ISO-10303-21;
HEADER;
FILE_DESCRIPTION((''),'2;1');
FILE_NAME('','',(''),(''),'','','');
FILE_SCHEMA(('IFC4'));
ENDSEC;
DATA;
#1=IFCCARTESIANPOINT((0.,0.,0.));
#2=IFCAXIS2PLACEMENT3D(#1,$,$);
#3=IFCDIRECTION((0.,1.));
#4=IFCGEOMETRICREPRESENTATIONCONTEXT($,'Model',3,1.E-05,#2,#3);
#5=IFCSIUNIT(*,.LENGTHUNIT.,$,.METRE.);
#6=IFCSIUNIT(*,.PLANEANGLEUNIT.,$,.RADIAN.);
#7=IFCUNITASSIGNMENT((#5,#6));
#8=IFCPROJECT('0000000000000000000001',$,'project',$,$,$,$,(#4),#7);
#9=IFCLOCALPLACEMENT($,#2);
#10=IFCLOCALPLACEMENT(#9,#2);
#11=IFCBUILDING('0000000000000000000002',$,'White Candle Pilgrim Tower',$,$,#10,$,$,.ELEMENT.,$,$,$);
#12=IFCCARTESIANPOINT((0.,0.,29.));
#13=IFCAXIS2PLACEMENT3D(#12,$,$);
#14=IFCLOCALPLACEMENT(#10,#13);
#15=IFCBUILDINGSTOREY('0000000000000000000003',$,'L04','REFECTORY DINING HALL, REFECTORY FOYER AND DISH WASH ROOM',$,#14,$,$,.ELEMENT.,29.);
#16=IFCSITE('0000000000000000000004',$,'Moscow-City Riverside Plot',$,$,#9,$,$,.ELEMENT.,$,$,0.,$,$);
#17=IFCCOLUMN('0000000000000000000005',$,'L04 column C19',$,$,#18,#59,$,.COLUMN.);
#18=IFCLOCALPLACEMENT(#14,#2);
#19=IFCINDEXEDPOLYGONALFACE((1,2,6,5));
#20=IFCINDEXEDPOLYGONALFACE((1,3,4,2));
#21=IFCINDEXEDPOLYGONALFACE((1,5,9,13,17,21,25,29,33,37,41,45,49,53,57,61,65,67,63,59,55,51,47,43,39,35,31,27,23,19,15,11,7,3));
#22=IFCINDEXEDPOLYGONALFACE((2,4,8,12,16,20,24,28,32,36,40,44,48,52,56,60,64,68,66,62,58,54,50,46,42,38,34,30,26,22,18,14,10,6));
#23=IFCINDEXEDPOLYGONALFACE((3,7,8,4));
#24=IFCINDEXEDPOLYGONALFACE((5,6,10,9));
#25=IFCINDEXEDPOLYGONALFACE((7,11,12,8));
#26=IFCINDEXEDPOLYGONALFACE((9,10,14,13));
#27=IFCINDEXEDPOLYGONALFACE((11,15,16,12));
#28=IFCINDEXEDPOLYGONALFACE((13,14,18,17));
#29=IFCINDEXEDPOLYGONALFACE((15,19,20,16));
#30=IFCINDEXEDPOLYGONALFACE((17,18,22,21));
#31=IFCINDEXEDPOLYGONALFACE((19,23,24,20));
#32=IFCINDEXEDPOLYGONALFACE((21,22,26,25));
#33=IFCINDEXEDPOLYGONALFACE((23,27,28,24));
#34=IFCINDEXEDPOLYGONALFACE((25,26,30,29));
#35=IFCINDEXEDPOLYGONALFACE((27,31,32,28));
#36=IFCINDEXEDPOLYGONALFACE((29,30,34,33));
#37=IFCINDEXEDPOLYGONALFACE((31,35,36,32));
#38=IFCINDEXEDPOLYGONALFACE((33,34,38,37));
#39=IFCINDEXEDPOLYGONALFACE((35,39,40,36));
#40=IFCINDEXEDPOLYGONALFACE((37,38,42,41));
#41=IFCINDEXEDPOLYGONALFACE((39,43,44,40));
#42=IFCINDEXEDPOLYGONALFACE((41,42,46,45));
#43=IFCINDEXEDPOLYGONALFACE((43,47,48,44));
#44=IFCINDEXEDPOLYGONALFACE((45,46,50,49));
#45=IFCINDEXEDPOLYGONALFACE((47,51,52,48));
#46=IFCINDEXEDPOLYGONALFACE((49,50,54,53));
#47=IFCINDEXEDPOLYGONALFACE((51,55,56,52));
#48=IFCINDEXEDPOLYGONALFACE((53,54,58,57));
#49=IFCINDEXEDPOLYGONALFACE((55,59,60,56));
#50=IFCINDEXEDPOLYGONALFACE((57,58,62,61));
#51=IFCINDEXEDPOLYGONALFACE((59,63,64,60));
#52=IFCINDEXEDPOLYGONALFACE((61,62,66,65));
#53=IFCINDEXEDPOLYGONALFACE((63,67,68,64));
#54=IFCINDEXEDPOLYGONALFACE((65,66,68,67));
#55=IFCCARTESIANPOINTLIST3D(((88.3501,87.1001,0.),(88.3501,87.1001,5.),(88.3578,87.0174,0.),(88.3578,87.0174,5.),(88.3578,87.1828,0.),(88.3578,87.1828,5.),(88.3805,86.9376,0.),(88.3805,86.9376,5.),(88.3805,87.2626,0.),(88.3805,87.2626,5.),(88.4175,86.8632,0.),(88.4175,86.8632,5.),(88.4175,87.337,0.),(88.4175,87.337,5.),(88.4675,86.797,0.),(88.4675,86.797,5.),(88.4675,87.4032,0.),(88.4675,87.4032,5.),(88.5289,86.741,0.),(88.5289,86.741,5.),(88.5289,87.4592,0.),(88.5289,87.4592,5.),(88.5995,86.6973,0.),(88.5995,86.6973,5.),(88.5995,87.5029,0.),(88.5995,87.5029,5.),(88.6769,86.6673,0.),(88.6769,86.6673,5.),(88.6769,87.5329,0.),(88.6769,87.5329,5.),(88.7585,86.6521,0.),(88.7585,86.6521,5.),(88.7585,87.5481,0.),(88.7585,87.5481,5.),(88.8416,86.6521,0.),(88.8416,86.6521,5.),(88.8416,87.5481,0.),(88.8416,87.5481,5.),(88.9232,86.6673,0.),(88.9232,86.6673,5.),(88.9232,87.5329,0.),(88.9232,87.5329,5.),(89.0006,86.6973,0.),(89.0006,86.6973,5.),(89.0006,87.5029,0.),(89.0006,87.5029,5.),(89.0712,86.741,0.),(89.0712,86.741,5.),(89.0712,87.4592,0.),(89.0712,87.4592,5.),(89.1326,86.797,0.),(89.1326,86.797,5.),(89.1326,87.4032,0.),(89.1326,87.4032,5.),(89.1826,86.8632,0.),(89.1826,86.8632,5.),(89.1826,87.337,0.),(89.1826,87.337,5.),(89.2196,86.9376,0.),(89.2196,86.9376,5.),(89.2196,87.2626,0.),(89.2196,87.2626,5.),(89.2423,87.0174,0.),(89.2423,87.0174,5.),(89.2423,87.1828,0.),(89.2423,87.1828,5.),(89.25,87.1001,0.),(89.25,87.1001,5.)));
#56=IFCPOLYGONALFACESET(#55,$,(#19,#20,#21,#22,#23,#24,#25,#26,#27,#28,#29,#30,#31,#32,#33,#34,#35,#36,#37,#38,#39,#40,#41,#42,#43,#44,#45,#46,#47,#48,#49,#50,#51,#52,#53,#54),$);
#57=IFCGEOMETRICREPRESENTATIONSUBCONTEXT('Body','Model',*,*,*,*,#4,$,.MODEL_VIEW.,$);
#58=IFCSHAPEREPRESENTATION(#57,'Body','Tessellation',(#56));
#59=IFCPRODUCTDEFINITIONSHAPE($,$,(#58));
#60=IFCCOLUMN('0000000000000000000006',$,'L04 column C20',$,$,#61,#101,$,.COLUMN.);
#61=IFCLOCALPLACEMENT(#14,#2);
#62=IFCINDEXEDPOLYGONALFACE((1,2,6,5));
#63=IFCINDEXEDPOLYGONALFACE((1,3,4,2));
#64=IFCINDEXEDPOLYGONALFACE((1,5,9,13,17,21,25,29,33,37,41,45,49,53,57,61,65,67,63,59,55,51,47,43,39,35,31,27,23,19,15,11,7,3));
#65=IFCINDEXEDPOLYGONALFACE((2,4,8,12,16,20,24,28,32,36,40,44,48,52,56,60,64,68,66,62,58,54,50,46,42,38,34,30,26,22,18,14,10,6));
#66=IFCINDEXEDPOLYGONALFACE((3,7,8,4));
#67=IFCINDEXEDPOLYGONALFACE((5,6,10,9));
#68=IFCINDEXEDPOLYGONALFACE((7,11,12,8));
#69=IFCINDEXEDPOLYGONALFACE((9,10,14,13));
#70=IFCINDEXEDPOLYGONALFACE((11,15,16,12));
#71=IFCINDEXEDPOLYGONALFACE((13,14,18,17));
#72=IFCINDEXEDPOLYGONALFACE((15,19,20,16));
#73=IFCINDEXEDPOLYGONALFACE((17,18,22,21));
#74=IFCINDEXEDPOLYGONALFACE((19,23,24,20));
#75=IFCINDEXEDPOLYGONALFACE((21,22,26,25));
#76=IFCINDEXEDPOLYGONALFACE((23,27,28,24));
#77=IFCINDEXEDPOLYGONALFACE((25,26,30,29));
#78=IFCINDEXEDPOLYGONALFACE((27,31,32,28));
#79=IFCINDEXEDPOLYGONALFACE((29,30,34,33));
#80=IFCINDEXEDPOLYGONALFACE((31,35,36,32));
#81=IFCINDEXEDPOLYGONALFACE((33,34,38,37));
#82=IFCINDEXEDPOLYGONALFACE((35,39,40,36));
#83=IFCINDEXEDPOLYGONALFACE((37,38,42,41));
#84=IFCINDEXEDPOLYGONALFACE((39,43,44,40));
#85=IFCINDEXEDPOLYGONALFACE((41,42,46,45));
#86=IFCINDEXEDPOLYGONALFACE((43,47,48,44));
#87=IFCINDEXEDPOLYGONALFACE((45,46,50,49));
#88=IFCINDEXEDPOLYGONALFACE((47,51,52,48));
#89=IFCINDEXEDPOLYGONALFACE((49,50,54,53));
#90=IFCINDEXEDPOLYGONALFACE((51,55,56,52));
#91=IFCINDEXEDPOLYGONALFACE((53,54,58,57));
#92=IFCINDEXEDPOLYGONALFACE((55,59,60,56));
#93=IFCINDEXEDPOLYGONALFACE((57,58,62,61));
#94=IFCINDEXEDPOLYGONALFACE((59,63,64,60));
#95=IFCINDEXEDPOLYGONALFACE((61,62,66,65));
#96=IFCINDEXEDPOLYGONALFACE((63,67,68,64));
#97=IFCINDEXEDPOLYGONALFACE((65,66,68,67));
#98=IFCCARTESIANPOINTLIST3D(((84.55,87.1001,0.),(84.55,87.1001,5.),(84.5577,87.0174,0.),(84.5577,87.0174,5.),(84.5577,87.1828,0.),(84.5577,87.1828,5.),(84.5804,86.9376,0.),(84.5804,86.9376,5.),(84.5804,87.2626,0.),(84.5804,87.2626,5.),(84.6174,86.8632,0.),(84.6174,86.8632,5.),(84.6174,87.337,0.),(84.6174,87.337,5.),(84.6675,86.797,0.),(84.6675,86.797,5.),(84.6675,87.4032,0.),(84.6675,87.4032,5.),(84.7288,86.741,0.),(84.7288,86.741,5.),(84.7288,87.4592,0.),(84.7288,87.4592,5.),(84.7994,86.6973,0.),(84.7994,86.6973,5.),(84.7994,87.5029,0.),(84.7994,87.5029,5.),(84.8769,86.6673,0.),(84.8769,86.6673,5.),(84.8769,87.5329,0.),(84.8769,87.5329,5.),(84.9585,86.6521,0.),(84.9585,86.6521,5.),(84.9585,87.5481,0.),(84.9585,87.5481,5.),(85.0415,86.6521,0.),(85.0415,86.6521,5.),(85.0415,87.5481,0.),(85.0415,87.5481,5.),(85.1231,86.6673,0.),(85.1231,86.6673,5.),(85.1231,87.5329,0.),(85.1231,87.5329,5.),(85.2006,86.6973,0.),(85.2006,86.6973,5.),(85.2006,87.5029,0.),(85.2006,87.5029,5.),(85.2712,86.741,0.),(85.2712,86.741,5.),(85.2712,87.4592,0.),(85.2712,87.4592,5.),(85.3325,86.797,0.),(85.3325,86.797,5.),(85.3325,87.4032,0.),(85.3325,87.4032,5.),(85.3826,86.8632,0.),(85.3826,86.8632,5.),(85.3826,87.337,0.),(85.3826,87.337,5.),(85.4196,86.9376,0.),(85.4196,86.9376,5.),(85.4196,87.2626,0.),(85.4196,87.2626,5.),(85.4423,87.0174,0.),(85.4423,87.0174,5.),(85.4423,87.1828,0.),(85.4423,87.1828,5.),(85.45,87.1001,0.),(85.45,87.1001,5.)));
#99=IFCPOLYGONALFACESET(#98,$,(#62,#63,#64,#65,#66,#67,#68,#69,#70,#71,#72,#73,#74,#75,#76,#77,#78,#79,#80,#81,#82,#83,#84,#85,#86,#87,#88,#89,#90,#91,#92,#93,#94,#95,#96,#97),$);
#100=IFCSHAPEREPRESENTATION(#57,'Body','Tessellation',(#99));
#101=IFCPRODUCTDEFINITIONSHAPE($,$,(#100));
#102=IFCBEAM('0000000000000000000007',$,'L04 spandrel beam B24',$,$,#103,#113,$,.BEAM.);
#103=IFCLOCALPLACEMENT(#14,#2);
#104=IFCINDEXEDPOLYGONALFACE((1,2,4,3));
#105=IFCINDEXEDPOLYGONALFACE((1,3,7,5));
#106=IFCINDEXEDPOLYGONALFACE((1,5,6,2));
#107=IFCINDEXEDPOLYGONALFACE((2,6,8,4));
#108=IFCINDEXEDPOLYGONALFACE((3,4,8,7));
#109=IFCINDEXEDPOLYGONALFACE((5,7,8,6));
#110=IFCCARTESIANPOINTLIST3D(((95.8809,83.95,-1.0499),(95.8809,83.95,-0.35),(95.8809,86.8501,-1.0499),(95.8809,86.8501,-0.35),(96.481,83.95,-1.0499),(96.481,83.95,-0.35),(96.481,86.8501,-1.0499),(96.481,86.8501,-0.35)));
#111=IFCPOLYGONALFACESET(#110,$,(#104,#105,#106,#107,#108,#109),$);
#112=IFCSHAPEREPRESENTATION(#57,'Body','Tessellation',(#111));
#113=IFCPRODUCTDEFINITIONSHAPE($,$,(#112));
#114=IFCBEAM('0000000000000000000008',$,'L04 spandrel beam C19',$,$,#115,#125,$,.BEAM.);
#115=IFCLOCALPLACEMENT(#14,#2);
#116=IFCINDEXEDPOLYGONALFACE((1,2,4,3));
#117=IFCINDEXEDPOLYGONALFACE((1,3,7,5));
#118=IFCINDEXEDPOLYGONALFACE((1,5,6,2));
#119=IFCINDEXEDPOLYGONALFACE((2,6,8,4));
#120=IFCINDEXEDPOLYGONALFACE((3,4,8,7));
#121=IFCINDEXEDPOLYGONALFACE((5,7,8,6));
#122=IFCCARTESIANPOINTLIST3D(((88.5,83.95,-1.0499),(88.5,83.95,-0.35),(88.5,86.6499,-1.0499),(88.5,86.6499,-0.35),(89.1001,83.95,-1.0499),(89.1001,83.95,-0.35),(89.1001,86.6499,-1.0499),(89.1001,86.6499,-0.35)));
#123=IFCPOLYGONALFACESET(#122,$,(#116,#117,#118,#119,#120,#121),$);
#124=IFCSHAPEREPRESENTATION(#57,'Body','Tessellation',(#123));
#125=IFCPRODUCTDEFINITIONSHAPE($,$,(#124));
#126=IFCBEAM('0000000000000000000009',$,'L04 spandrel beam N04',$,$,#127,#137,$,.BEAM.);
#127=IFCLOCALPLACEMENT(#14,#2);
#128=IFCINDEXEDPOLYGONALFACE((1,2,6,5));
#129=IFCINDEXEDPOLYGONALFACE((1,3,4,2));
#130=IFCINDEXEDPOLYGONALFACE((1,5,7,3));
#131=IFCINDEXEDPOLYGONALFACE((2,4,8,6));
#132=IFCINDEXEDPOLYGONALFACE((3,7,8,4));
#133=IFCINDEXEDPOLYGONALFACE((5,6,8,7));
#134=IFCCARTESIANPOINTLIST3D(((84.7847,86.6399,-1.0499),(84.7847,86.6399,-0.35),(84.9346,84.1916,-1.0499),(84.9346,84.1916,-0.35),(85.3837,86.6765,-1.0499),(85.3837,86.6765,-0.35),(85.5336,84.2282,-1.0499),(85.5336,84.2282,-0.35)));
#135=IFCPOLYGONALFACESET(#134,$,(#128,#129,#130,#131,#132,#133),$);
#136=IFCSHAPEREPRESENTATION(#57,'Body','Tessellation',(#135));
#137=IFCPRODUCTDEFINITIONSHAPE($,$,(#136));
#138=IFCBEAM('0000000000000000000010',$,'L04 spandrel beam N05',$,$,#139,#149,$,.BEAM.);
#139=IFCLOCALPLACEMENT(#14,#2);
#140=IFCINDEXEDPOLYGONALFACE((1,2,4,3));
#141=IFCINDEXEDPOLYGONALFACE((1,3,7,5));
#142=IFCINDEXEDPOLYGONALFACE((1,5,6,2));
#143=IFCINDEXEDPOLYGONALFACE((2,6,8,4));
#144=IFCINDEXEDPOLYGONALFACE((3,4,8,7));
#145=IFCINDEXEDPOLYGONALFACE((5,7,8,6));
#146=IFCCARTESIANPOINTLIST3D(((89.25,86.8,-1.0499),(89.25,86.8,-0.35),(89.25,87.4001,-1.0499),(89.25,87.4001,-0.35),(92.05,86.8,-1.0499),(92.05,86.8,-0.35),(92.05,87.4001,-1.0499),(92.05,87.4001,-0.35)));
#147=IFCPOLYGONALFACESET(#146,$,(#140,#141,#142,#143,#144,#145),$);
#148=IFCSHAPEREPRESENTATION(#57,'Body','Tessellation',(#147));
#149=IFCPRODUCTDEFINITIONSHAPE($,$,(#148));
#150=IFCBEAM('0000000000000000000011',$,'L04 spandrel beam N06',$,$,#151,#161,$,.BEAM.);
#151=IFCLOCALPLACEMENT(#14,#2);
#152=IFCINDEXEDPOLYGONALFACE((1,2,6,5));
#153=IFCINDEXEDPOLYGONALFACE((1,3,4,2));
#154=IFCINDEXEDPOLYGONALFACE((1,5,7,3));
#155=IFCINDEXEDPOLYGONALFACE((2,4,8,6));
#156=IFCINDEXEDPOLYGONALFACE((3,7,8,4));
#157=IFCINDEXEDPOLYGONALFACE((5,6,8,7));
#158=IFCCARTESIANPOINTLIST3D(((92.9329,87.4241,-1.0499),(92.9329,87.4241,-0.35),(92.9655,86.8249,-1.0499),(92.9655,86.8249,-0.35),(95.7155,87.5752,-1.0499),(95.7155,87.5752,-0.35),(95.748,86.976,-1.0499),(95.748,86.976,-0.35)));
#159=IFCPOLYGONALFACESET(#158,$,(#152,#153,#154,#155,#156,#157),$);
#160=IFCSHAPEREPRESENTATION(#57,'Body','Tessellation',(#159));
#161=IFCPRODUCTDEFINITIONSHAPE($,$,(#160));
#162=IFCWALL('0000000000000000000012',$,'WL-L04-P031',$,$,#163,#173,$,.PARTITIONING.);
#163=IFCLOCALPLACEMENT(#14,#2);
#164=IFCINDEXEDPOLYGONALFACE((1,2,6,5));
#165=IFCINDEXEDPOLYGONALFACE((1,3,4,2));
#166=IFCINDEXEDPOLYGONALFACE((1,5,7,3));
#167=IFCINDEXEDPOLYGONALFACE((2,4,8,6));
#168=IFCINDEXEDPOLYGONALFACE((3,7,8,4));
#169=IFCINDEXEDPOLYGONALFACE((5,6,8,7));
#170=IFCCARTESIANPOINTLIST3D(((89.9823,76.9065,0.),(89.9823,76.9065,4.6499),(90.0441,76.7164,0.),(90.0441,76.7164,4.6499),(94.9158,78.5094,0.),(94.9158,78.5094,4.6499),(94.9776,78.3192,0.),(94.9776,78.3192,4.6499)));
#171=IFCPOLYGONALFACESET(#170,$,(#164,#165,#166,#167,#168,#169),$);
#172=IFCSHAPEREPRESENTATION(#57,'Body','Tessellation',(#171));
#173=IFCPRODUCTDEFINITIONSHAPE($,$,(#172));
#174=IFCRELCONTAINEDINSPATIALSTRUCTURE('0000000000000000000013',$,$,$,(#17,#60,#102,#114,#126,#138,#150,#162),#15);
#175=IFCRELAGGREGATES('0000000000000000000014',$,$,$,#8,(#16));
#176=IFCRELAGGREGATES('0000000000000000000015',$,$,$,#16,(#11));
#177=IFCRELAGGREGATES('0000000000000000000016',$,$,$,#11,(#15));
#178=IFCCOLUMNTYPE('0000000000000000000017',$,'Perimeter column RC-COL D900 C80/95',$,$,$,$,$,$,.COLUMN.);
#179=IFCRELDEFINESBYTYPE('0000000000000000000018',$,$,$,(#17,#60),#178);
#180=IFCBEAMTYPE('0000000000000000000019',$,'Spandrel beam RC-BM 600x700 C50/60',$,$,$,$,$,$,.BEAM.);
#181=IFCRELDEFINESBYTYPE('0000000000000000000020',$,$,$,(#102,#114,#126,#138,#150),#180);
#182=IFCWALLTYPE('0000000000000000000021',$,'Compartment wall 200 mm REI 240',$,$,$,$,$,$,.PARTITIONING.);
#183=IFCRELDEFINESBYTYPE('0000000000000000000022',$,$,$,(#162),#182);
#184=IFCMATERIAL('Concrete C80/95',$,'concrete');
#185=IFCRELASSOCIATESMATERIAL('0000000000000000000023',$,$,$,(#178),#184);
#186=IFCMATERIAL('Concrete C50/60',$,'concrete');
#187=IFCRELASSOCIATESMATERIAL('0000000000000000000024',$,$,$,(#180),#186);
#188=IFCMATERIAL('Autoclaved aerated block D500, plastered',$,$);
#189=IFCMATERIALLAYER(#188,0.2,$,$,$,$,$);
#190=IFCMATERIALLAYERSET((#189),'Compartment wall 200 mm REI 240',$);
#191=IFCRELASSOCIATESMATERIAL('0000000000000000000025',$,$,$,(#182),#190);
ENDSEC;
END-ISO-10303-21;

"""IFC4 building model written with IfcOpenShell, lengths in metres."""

from ifc_helpers import new_model, si_unit, direction, frame, frame_2d, origin, origin_2d, place, context, subcontext, project, spatial, rectangle, circle, extrude, material, layer, layer_set, material_profile, profile_set, type_object, element, save


model = new_model("IFC4")

# Units and contexts
model_context = context("Model", 3, precision=1e-05, world=origin(), true_north=direction((0.0, 1.0)))
body_context = subcontext(model_context, "Body", "Model", "MODEL_VIEW")
ifc_project = project(units=[si_unit("LENGTHUNIT", "METRE"), si_unit("PLANEANGLEUNIT", "RADIAN")], contexts=[model_context])

# Site, building, storey
site_placement = place(None, origin())
site = spatial("IfcSite", under=ifc_project, at=site_placement, Name="Moscow-City Riverside Plot", CompositionType="ELEMENT", RefElevation=0.0)
building_placement = place(site_placement, origin())
building = spatial("IfcBuilding", under=site, at=building_placement, Name="White Candle Pilgrim Tower", CompositionType="ELEMENT")
storey_placement = place(building_placement, frame((0.0, 0.0, 29.0)))
storey = spatial("IfcBuildingStorey", under=building, at=storey_placement, Name="L04", Description="REFECTORY DINING HALL, REFECTORY FOYER AND DISH WASH ROOM", CompositionType="ELEMENT", Elevation=29.0)

# Columns
ifc_material_1 = material(Name="Concrete C80/95", Category="concrete")
ifc_material_profile_1 = material_profile(ifc_material_1, circle(Radius=0.45, at=origin_2d()), Name="RC-COL D900")
ifc_profile_set_1 = profile_set([ifc_material_profile_1], Name="Concrete C80/95")
column_type = type_object("IfcColumnType", Name="Perimeter column RC-COL D900 C80/95", PredefinedType="COLUMN", material=ifc_profile_set_1)
for number, where, z_axis, x_axis, name in (
    (1, (88.8, 87.1001, 0.0), (0.0, 0.0, 1.0), (1.0, 0.0, 0.0), "L04 column C19"),
    (2, (85.0, 87.1001, 0.0), (0.0, 0.0, 1.0), (1.0, 0.0, 0.0), "L04 column C20"),
):
    element("IfcColumn", number, at=place(storey_placement, frame(where, z_axis=z_axis, x_axis=x_axis)), inside=storey, type_object=column_type, Name=name, PredefinedType="COLUMN", context=body_context, shape_type="SweptSolid", body=[
        extrude(circle(Radius=0.45, at=origin_2d()), origin(), (0.0, 0.0, 1.0), 5.0),
    ])

# Beams
ifc_material_2 = material(Name="Concrete C50/60", Category="concrete")
ifc_material_profile_2 = material_profile(ifc_material_2, rectangle(XDim=0.6001, YDim=0.7, at=origin_2d()), Name="RC-BM 600x700")
ifc_profile_set_2 = profile_set([ifc_material_profile_2], Name="Concrete C50/60")
beam_type = type_object("IfcBeamType", Name="Spandrel beam RC-BM 600x700 C50/60", PredefinedType="BEAM", material=ifc_profile_set_2)
beam_1_placement = place(storey_placement, frame((96.1809, 86.8501, -0.7), z_axis=(0.0, -1.0, 0.0), x_axis=(1.0, 0.0, 0.0)))
element("IfcBeam", 3, at=beam_1_placement, inside=storey, type_object=beam_type, Name="L04 spandrel beam B24", PredefinedType="BEAM", context=body_context, shape_type="SweptSolid", body=[
    extrude(rectangle(XDim=0.6001, YDim=0.7, at=origin_2d()), origin(), (0.0, 0.0, 1.0), 2.9001),
])
beam_2_placement = place(storey_placement, frame((88.8, 86.6499, -0.7), z_axis=(0.0, -1.0, 0.0), x_axis=(1.0, 0.0, 0.0)))
element("IfcBeam", 4, at=beam_2_placement, inside=storey, type_object=beam_type, Name="L04 spandrel beam C19", PredefinedType="BEAM", context=body_context, shape_type="SweptSolid", body=[
    extrude(rectangle(XDim=0.6001, YDim=0.7, at=origin_2d()), origin(), (0.0, 0.0, 1.0), 2.7),
])
beam_3_placement = place(storey_placement, frame((85.0842, 86.6582, -0.7), z_axis=(0.061114, -0.998131, 0.0), x_axis=(0.998131, 0.061114, 0.0)))
element("IfcBeam", 5, at=beam_3_placement, inside=storey, type_object=beam_type, Name="L04 spandrel beam N04", PredefinedType="BEAM", context=body_context, shape_type="SweptSolid", body=[
    extrude(rectangle(XDim=0.6001, YDim=0.7, at=origin_2d()), origin(), (0.0, 0.0, 1.0), 2.4529),
])
beam_4_placement = place(storey_placement, frame((89.25, 87.1001, -0.7), z_axis=(1.0, 0.0, 0.0), x_axis=(0.0, 1.0, 0.0)))
element("IfcBeam", 6, at=beam_4_placement, inside=storey, type_object=beam_type, Name="L04 spandrel beam N05", PredefinedType="BEAM", context=body_context, shape_type="SweptSolid", body=[
    extrude(rectangle(XDim=0.6001, YDim=0.7, at=origin_2d()), origin(), (0.0, 0.0, 1.0), 2.8),
])
beam_5_placement = place(storey_placement, frame((92.9492, 87.1245, -0.7), z_axis=(0.998528, 0.054233, 0.0), x_axis=(-0.054233, 0.998528, 0.0)))
element("IfcBeam", 7, at=beam_5_placement, inside=storey, type_object=beam_type, Name="L04 spandrel beam N06", PredefinedType="BEAM", context=body_context, shape_type="SweptSolid", body=[
    extrude(rectangle(XDim=0.6001, YDim=0.7, at=origin_2d()), origin(), (0.0, 0.0, 1.0), 2.7866),
])

# Wall
ifc_material_3 = material(Name="Autoclaved aerated block D500, plastered")
ifc_layer_1 = layer(ifc_material_3, 0.2)
ifc_layer_set_1 = layer_set([ifc_layer_1], Name="Compartment wall 200 mm REI 240")
wall_type_1 = type_object("IfcWallType", Name="Compartment wall 200 mm REI 240", PredefinedType="PARTITIONING", material=ifc_layer_set_1)
wall_1_placement = place(storey_placement, frame((94.9468, 78.4143, 0.0), z_axis=(0.0, 0.0, 1.0), x_axis=(-0.951066, -0.308989, 0.0)))
element("IfcWall", 8, at=wall_1_placement, inside=storey, type_object=wall_type_1, Name="WL-L04-P031", PredefinedType="PARTITIONING", context=body_context, shape_type="SweptSolid", body=[
    extrude(rectangle(XDim=5.1873, YDim=0.2, at=frame_2d((2.5938, 0.0))), origin(), (0.0, 0.0, 1.0), 4.6499),
])

save(model, "model.ifc")
